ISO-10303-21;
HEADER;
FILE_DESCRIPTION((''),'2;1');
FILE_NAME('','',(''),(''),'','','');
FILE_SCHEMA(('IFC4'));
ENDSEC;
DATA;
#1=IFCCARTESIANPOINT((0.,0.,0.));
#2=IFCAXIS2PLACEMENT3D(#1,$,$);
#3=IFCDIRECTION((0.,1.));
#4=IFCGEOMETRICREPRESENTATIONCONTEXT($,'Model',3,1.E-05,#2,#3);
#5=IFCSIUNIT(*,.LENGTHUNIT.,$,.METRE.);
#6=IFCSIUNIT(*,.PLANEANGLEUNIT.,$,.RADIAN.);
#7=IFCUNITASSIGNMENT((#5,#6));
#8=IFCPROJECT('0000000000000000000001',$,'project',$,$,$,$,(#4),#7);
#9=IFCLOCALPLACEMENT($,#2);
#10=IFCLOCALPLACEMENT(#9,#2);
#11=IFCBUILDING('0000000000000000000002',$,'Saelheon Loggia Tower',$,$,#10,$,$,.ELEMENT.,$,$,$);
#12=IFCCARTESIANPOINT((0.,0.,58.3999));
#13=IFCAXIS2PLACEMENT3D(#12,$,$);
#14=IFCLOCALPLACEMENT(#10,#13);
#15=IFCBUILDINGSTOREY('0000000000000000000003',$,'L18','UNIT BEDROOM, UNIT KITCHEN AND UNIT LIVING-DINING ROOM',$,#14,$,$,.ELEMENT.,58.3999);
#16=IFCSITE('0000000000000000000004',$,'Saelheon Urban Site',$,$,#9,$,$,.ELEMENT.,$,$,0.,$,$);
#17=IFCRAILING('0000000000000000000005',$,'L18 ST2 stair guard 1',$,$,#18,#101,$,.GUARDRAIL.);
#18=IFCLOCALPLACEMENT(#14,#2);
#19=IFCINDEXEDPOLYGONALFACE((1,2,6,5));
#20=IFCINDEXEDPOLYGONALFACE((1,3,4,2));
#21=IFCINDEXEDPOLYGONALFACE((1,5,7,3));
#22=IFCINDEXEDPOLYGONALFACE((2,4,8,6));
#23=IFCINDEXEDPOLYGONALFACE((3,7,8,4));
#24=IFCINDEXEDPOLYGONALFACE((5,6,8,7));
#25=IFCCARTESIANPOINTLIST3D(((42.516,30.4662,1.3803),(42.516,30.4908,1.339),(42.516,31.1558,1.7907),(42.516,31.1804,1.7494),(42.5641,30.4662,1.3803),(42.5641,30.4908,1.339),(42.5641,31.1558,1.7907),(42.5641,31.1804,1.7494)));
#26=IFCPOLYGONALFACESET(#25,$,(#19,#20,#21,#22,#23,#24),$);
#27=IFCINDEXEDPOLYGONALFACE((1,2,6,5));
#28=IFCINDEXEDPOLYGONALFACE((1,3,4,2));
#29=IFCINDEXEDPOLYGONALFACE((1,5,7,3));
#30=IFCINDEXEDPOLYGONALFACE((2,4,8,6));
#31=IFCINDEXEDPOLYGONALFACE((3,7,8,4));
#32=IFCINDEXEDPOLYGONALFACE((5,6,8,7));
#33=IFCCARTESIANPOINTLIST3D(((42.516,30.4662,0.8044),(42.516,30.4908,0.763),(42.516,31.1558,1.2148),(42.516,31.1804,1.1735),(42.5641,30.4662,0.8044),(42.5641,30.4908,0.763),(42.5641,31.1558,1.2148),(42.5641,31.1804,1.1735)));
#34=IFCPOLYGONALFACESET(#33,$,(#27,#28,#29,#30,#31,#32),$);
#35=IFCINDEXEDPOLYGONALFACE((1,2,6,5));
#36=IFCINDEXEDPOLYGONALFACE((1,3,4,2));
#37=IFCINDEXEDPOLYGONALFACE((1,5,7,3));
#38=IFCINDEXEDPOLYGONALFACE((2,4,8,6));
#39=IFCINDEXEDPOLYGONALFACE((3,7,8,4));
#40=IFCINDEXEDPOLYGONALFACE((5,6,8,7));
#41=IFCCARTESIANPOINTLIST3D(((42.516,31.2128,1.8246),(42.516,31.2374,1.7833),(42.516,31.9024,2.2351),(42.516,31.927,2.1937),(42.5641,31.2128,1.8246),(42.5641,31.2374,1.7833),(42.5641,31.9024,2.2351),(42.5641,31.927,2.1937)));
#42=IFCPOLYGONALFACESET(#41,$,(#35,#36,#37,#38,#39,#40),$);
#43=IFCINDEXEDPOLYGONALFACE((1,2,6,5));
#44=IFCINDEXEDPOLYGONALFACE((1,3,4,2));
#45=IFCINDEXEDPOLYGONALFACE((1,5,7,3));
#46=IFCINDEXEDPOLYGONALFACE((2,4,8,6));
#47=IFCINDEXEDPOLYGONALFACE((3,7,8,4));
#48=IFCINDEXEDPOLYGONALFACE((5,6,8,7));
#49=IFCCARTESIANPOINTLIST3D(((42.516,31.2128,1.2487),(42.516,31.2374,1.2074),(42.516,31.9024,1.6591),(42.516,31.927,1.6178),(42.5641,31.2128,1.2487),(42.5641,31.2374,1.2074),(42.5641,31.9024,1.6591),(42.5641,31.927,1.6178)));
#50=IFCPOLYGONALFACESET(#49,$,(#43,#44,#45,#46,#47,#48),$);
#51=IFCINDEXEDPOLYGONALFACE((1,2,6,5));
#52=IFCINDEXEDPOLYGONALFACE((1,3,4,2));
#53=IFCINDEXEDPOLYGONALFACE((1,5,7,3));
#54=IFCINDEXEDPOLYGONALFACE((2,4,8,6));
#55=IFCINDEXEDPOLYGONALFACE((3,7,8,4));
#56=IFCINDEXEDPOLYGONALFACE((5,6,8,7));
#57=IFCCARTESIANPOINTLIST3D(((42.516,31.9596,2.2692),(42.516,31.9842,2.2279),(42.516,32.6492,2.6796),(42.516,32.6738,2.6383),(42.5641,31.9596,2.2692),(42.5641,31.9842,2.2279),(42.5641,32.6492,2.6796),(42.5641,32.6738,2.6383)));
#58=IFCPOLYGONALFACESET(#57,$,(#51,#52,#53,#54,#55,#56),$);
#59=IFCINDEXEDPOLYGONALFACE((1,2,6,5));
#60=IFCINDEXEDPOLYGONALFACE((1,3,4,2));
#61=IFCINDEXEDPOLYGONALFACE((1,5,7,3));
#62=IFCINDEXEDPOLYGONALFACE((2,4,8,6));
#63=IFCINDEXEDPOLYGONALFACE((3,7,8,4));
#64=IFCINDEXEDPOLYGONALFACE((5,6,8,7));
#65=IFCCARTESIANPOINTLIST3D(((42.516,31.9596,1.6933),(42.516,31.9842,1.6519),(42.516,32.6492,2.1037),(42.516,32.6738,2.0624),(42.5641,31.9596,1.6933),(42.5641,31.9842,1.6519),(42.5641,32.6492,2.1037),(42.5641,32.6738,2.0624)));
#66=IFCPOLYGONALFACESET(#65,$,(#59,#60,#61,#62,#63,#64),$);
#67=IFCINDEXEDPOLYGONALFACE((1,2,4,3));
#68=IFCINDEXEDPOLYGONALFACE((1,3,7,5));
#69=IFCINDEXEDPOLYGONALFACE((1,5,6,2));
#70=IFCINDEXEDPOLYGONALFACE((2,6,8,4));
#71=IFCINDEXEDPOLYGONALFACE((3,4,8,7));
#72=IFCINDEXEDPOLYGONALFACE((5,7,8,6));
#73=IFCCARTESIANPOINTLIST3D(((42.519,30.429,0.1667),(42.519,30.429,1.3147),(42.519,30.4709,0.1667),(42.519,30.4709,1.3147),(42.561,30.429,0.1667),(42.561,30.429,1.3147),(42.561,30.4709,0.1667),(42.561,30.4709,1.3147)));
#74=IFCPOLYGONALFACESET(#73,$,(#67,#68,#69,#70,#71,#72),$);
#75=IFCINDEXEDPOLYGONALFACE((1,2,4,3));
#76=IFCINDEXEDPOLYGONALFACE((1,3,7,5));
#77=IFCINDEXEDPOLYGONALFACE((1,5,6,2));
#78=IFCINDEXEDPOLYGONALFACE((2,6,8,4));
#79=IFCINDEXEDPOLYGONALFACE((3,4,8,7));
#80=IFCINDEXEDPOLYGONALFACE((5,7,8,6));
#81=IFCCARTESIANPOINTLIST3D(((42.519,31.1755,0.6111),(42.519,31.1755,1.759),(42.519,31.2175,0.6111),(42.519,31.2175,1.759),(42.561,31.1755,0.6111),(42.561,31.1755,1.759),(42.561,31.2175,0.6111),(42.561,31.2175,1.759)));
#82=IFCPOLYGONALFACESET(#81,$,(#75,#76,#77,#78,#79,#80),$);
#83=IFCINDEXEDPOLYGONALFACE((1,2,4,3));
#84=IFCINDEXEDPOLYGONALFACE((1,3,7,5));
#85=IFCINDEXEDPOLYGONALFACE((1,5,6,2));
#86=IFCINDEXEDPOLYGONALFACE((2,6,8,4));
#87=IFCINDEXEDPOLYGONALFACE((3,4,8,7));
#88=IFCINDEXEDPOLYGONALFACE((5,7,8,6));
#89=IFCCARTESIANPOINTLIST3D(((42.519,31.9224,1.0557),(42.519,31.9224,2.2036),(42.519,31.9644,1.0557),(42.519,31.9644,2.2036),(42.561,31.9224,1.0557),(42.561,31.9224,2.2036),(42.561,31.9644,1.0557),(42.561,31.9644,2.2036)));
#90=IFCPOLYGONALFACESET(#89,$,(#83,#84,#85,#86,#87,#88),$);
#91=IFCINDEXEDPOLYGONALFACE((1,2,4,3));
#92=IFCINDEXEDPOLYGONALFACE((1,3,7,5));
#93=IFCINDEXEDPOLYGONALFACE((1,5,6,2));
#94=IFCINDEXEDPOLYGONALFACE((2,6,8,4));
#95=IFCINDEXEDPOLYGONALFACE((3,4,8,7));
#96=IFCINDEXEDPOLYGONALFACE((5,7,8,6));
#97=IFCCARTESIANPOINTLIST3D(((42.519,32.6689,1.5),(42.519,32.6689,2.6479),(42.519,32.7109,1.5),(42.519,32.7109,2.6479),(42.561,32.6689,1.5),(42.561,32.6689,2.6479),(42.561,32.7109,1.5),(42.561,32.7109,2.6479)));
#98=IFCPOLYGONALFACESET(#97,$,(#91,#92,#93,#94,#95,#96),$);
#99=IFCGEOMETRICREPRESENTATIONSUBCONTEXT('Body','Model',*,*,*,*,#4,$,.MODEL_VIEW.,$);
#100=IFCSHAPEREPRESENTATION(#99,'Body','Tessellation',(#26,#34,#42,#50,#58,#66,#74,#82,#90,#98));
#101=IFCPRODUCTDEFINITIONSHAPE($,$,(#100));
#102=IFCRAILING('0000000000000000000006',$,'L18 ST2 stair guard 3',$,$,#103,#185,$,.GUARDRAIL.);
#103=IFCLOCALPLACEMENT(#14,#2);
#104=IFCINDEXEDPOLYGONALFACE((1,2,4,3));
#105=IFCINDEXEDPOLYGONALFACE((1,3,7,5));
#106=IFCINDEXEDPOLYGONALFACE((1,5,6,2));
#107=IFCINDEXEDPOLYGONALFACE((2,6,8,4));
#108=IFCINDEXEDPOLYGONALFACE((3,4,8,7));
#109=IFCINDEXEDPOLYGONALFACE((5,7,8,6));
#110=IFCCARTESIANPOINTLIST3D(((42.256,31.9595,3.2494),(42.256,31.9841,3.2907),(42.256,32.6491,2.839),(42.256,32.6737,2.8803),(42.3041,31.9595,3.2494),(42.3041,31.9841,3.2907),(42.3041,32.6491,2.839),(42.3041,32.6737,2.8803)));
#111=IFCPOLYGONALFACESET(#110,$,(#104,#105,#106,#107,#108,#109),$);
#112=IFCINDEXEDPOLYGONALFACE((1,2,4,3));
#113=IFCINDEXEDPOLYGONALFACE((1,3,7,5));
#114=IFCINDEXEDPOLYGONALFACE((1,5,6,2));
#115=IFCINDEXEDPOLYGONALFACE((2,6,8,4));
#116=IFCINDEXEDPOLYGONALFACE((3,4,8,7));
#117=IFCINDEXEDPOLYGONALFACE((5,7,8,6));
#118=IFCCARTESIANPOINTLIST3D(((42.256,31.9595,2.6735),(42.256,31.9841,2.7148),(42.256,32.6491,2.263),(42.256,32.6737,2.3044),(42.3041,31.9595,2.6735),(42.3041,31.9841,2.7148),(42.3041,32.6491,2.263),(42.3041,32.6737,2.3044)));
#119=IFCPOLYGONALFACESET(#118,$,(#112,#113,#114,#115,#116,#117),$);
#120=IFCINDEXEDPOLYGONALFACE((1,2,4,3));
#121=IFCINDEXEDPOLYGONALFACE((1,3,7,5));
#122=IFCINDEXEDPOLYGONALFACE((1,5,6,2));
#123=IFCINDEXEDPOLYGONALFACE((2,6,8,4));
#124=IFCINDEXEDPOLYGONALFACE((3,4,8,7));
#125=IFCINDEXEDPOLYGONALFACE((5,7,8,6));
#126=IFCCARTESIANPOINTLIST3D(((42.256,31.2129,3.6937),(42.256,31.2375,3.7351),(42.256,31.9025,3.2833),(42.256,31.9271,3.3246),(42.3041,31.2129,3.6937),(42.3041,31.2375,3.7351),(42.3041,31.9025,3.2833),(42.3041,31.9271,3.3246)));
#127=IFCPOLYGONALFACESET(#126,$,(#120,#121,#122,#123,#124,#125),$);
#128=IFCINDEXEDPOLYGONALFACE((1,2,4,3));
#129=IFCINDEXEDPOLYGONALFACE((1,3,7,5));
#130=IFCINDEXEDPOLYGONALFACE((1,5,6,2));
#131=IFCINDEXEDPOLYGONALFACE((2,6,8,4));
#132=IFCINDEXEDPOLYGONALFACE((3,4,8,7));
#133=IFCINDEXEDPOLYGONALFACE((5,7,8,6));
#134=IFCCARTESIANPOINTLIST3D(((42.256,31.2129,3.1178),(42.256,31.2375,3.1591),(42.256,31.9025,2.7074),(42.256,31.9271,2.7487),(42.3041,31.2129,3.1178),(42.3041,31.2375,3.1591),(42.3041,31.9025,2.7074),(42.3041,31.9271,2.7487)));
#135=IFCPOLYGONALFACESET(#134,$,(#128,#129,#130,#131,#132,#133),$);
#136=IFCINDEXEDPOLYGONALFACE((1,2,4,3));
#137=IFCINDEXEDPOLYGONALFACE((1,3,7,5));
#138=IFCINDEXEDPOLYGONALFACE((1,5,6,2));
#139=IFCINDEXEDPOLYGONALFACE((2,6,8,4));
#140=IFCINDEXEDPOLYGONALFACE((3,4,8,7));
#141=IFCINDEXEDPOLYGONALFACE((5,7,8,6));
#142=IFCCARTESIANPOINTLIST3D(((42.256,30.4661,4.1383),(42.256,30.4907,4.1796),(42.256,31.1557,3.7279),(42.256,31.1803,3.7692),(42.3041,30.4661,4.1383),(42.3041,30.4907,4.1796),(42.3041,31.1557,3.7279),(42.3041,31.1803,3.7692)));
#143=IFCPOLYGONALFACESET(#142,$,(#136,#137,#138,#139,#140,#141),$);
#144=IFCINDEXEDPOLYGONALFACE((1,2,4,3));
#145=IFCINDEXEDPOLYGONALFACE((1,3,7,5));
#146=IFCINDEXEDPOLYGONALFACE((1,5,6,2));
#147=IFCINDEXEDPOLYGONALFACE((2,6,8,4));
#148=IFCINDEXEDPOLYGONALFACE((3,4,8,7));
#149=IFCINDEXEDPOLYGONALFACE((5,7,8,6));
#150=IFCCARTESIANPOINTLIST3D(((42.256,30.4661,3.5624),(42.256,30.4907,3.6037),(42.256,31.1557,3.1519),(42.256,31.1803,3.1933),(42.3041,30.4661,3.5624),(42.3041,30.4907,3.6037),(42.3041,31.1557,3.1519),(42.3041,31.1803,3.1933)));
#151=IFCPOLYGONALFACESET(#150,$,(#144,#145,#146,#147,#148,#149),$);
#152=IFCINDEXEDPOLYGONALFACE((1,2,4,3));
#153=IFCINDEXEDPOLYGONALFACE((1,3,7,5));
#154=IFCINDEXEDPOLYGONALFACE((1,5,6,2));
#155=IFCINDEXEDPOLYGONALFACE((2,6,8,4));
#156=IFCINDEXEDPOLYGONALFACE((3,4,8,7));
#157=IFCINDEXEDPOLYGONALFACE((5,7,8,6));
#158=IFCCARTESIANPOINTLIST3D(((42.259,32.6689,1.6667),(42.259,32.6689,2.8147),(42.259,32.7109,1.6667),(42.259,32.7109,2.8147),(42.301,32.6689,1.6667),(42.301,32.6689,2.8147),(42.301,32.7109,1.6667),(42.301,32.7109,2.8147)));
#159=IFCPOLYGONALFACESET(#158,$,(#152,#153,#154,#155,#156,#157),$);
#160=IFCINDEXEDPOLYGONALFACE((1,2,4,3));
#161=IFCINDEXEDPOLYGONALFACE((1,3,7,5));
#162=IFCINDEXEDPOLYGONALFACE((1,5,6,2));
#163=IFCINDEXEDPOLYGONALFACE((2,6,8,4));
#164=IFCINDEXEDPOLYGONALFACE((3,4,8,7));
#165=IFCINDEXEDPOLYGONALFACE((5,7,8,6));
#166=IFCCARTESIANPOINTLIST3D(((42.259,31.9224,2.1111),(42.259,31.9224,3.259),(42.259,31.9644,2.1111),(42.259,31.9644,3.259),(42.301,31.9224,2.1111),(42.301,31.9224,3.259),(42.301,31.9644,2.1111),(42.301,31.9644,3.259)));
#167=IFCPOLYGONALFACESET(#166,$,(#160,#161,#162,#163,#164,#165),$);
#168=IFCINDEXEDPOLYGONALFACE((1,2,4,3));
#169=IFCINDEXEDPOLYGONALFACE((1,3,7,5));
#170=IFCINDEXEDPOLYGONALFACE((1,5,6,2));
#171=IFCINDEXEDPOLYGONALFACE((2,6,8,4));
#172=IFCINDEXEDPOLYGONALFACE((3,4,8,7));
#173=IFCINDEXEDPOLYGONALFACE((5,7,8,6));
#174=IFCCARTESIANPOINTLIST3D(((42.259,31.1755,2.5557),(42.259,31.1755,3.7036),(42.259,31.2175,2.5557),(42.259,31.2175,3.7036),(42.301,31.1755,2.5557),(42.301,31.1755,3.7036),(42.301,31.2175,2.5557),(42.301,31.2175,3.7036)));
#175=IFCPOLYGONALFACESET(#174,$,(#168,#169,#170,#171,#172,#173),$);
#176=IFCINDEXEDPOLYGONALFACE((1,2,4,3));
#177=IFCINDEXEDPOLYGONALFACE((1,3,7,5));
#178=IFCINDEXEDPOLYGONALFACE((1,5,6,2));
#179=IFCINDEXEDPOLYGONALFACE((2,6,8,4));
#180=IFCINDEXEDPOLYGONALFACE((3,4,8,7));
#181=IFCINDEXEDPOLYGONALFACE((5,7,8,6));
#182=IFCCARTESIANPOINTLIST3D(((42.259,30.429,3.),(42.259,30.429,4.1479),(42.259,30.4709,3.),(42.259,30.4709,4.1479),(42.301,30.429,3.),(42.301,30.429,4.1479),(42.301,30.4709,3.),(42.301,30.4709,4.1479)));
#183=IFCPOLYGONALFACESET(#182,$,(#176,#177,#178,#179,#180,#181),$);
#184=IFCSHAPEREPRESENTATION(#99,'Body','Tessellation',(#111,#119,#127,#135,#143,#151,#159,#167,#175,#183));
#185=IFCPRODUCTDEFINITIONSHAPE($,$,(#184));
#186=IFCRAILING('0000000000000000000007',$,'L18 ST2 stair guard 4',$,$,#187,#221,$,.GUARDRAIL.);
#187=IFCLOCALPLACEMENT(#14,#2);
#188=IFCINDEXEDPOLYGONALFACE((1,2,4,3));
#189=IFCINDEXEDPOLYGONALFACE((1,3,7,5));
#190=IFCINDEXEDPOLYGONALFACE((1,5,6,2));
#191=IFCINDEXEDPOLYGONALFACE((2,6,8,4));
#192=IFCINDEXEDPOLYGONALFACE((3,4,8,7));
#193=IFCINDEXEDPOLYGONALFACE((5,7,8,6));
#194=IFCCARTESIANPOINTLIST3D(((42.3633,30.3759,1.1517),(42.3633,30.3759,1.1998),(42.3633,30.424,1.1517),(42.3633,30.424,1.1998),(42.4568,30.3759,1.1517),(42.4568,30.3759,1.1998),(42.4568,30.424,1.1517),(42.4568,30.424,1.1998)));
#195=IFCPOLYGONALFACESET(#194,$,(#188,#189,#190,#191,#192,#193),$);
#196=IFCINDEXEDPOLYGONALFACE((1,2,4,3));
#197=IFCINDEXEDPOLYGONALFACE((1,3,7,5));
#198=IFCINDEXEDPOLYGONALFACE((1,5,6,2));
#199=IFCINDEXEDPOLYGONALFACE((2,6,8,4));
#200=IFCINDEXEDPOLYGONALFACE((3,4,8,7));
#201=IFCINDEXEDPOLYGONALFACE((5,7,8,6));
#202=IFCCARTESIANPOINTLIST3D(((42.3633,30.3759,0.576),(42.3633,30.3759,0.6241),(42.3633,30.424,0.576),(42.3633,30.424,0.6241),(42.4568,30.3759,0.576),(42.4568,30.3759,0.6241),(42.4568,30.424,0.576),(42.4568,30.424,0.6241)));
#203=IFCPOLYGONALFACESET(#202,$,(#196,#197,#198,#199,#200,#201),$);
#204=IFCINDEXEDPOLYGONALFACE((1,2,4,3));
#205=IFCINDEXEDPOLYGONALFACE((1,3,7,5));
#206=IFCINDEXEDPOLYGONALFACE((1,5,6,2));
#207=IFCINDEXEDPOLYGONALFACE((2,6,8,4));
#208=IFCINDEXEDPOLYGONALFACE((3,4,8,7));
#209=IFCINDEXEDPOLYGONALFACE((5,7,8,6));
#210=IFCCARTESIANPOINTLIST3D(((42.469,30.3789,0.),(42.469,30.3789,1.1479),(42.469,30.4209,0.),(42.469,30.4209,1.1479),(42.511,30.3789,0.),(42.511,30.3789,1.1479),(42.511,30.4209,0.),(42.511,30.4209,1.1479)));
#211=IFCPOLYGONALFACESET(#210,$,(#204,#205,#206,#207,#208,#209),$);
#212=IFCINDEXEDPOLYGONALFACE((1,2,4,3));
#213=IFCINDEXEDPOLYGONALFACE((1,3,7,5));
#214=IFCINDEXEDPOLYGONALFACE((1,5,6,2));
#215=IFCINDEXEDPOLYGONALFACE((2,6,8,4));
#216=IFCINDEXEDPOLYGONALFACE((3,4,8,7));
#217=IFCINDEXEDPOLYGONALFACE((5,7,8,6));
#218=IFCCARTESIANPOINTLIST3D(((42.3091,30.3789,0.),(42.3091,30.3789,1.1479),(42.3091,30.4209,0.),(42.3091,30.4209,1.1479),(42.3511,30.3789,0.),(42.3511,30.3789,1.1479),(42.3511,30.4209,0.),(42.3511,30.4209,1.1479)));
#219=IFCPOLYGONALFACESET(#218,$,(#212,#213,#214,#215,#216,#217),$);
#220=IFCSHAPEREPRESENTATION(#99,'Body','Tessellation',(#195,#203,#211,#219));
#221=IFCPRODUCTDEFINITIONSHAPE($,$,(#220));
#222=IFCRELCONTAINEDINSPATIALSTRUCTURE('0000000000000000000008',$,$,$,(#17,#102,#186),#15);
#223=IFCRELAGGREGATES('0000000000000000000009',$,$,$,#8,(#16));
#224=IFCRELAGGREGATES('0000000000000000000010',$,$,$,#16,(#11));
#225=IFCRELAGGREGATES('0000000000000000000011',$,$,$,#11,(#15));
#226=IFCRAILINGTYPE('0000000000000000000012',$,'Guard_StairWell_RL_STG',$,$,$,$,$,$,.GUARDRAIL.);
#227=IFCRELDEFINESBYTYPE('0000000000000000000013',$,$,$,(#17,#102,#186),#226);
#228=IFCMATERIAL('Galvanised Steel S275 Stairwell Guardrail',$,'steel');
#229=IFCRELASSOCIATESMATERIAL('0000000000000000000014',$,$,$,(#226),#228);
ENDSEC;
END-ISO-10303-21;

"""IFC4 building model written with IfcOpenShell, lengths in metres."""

from ifc_helpers import new_model, si_unit, direction, frame, origin, origin_2d, place, context, subcontext, project, spatial, rectangle, extrude, material, type_object, element, save


model = new_model("IFC4")

# Units and contexts
model_context = context("Model", 3, precision=1e-05, world=origin(), true_north=direction((0.0, 1.0)))
body_context = subcontext(model_context, "Body", "Model", "MODEL_VIEW")
ifc_project = project(units=[si_unit("LENGTHUNIT", "METRE"), si_unit("PLANEANGLEUNIT", "RADIAN")], contexts=[model_context])

# Site, building, storey
site_placement = place(None, origin())
site = spatial("IfcSite", under=ifc_project, at=site_placement, Name="Saelheon Urban Site", CompositionType="ELEMENT", RefElevation=0.0)
building_placement = place(site_placement, origin())
building = spatial("IfcBuilding", under=site, at=building_placement, Name="Saelheon Loggia Tower", CompositionType="ELEMENT")
storey_placement = place(building_placement, frame((0.0, 0.0, 58.3999)))
storey = spatial("IfcBuildingStorey", under=building, at=storey_placement, Name="L18", Description="UNIT BEDROOM, UNIT KITCHEN AND UNIT LIVING-DINING ROOM", CompositionType="ELEMENT", Elevation=58.3999)

# Railings
ifc_material_1 = material(Name="Galvanised Steel S275 Stairwell Guardrail", Category="steel")
railing_type_1 = type_object("IfcRailingType", Name="Guard_StairWell_RL_STG", PredefinedType="GUARDRAIL", material=ifc_material_1)
railing_1_placement = place(storey_placement, frame((42.54, 30.45, 0.1667)))
element("IfcRailing", 1, at=railing_1_placement, inside=storey, type_object=railing_type_1, Name="L18 ST2 stair guard 1", PredefinedType="GUARDRAIL", context=body_context, shape_type="SweptSolid", body=[
    extrude(rectangle(XDim=0.0481, YDim=0.0481, at=origin_2d()), frame((0.0, 0.0286, 1.1929), z_axis=(0.0, 0.859306, 0.511462), x_axis=(-1.0, 0.0, 0.0)), (0.0, 0.0, 1.0), 0.8025),
    extrude(rectangle(XDim=0.0481, YDim=0.0481, at=origin_2d()), frame((0.0, 0.0286, 0.6169), z_axis=(0.0, 0.859306, 0.511462), x_axis=(-1.0, 0.0, 0.0)), (0.0, 0.0, 1.0), 0.8025),
    extrude(rectangle(XDim=0.0481, YDim=0.0481, at=origin_2d()), frame((0.0, 0.7751, 1.6372), z_axis=(0.0, 0.859306, 0.511462), x_axis=(-1.0, 0.0, 0.0)), (0.0, 0.0, 1.0), 0.8025),
    extrude(rectangle(XDim=0.0481, YDim=0.0481, at=origin_2d()), frame((0.0, 0.7751, 1.0613), z_axis=(0.0, 0.859306, 0.511462), x_axis=(-1.0, 0.0, 0.0)), (0.0, 0.0, 1.0), 0.8025),
    extrude(rectangle(XDim=0.0481, YDim=0.0481, at=origin_2d()), frame((0.0, 1.522, 2.0818), z_axis=(0.0, 0.859306, 0.511462), x_axis=(-1.0, 0.0, 0.0)), (0.0, 0.0, 1.0), 0.8025),
    extrude(rectangle(XDim=0.0481, YDim=0.0481, at=origin_2d()), frame((0.0, 1.522, 1.5059), z_axis=(0.0, 0.859306, 0.511462), x_axis=(-1.0, 0.0, 0.0)), (0.0, 0.0, 1.0), 0.8025),
    extrude(rectangle(XDim=0.042, YDim=0.042, at=origin_2d()), origin(), (0.0, 0.0, 1.0), 1.1479),
    extrude(rectangle(XDim=0.042, YDim=0.042, at=origin_2d()), frame((0.0, 0.7466, 0.4443)), (0.0, 0.0, 1.0), 1.1479),
    extrude(rectangle(XDim=0.042, YDim=0.042, at=origin_2d()), frame((0.0, 1.4934, 0.8889)), (0.0, 0.0, 1.0), 1.1479),
    extrude(rectangle(XDim=0.042, YDim=0.042, at=origin_2d()), frame((0.0, 2.24, 1.3333)), (0.0, 0.0, 1.0), 1.1479),
])
railing_2_placement = place(storey_placement, frame((42.28, 32.6899, 1.6667)))
element("IfcRailing", 2, at=railing_2_placement, inside=storey, type_object=railing_type_1, Name="L18 ST2 stair guard 3", PredefinedType="GUARDRAIL", context=body_context, shape_type="SweptSolid", body=[
    extrude(rectangle(XDim=0.0481, YDim=0.0481, at=origin_2d()), frame((0.0, -0.0286, 1.1929), z_axis=(0.0, -0.859306, 0.511462), x_axis=(1.0, 0.0, 0.0)), (0.0, 0.0, 1.0), 0.8025),
    extrude(rectangle(XDim=0.0481, YDim=0.0481, at=origin_2d()), frame((0.0, -0.0286, 0.6169), z_axis=(0.0, -0.859306, 0.511462), x_axis=(1.0, 0.0, 0.0)), (0.0, 0.0, 1.0), 0.8025),
    extrude(rectangle(XDim=0.0481, YDim=0.0481, at=origin_2d()), frame((0.0, -0.7751, 1.6372), z_axis=(0.0, -0.859306, 0.511462), x_axis=(1.0, 0.0, 0.0)), (0.0, 0.0, 1.0), 0.8025),
    extrude(rectangle(XDim=0.0481, YDim=0.0481, at=origin_2d()), frame((0.0, -0.7751, 1.0613), z_axis=(0.0, -0.859306, 0.511462), x_axis=(1.0, 0.0, 0.0)), (0.0, 0.0, 1.0), 0.8025),
    extrude(rectangle(XDim=0.0481, YDim=0.0481, at=origin_2d()), frame((0.0, -1.522, 2.0818), z_axis=(0.0, -0.859306, 0.511462), x_axis=(1.0, 0.0, 0.0)), (0.0, 0.0, 1.0), 0.8025),
    extrude(rectangle(XDim=0.0481, YDim=0.0481, at=origin_2d()), frame((0.0, -1.522, 1.5059), z_axis=(0.0, -0.859306, 0.511462), x_axis=(1.0, 0.0, 0.0)), (0.0, 0.0, 1.0), 0.8025),
    extrude(rectangle(XDim=0.042, YDim=0.042, at=origin_2d()), origin(), (0.0, 0.0, 1.0), 1.1479),
    extrude(rectangle(XDim=0.042, YDim=0.042, at=origin_2d()), frame((0.0, -0.7466, 0.4443)), (0.0, 0.0, 1.0), 1.1479),
    extrude(rectangle(XDim=0.042, YDim=0.042, at=origin_2d()), frame((0.0, -1.4934, 0.8889)), (0.0, 0.0, 1.0), 1.1479),
    extrude(rectangle(XDim=0.042, YDim=0.042, at=origin_2d()), frame((0.0, -2.24, 1.3333)), (0.0, 0.0, 1.0), 1.1479),
])
railing_3_placement = place(storey_placement, frame((42.49, 30.3999, 0.0)))
element("IfcRailing", 3, at=railing_3_placement, inside=storey, type_object=railing_type_1, Name="L18 ST2 stair guard 4", PredefinedType="GUARDRAIL", context=body_context, shape_type="SweptSolid", body=[
    extrude(rectangle(XDim=0.0481, YDim=0.0481, at=origin_2d()), frame((-0.0332, 0.0, 1.1758), z_axis=(-1.0, 0.0, 0.0), x_axis=(0.0, -1.0, 0.0)), (0.0, 0.0, 1.0), 0.0935),
    extrude(rectangle(XDim=0.0481, YDim=0.0481, at=origin_2d()), frame((-0.0332, 0.0, 0.6001), z_axis=(-1.0, 0.0, 0.0), x_axis=(0.0, -1.0, 0.0)), (0.0, 0.0, 1.0), 0.0935),
    extrude(rectangle(XDim=0.042, YDim=0.042, at=origin_2d()), origin(), (0.0, 0.0, 1.0), 1.1479),
    extrude(rectangle(XDim=0.042, YDim=0.042, at=origin_2d()), frame((-0.1599, 0.0, 0.0)), (0.0, 0.0, 1.0), 1.1479),
])

save(model, "model.ifc")
